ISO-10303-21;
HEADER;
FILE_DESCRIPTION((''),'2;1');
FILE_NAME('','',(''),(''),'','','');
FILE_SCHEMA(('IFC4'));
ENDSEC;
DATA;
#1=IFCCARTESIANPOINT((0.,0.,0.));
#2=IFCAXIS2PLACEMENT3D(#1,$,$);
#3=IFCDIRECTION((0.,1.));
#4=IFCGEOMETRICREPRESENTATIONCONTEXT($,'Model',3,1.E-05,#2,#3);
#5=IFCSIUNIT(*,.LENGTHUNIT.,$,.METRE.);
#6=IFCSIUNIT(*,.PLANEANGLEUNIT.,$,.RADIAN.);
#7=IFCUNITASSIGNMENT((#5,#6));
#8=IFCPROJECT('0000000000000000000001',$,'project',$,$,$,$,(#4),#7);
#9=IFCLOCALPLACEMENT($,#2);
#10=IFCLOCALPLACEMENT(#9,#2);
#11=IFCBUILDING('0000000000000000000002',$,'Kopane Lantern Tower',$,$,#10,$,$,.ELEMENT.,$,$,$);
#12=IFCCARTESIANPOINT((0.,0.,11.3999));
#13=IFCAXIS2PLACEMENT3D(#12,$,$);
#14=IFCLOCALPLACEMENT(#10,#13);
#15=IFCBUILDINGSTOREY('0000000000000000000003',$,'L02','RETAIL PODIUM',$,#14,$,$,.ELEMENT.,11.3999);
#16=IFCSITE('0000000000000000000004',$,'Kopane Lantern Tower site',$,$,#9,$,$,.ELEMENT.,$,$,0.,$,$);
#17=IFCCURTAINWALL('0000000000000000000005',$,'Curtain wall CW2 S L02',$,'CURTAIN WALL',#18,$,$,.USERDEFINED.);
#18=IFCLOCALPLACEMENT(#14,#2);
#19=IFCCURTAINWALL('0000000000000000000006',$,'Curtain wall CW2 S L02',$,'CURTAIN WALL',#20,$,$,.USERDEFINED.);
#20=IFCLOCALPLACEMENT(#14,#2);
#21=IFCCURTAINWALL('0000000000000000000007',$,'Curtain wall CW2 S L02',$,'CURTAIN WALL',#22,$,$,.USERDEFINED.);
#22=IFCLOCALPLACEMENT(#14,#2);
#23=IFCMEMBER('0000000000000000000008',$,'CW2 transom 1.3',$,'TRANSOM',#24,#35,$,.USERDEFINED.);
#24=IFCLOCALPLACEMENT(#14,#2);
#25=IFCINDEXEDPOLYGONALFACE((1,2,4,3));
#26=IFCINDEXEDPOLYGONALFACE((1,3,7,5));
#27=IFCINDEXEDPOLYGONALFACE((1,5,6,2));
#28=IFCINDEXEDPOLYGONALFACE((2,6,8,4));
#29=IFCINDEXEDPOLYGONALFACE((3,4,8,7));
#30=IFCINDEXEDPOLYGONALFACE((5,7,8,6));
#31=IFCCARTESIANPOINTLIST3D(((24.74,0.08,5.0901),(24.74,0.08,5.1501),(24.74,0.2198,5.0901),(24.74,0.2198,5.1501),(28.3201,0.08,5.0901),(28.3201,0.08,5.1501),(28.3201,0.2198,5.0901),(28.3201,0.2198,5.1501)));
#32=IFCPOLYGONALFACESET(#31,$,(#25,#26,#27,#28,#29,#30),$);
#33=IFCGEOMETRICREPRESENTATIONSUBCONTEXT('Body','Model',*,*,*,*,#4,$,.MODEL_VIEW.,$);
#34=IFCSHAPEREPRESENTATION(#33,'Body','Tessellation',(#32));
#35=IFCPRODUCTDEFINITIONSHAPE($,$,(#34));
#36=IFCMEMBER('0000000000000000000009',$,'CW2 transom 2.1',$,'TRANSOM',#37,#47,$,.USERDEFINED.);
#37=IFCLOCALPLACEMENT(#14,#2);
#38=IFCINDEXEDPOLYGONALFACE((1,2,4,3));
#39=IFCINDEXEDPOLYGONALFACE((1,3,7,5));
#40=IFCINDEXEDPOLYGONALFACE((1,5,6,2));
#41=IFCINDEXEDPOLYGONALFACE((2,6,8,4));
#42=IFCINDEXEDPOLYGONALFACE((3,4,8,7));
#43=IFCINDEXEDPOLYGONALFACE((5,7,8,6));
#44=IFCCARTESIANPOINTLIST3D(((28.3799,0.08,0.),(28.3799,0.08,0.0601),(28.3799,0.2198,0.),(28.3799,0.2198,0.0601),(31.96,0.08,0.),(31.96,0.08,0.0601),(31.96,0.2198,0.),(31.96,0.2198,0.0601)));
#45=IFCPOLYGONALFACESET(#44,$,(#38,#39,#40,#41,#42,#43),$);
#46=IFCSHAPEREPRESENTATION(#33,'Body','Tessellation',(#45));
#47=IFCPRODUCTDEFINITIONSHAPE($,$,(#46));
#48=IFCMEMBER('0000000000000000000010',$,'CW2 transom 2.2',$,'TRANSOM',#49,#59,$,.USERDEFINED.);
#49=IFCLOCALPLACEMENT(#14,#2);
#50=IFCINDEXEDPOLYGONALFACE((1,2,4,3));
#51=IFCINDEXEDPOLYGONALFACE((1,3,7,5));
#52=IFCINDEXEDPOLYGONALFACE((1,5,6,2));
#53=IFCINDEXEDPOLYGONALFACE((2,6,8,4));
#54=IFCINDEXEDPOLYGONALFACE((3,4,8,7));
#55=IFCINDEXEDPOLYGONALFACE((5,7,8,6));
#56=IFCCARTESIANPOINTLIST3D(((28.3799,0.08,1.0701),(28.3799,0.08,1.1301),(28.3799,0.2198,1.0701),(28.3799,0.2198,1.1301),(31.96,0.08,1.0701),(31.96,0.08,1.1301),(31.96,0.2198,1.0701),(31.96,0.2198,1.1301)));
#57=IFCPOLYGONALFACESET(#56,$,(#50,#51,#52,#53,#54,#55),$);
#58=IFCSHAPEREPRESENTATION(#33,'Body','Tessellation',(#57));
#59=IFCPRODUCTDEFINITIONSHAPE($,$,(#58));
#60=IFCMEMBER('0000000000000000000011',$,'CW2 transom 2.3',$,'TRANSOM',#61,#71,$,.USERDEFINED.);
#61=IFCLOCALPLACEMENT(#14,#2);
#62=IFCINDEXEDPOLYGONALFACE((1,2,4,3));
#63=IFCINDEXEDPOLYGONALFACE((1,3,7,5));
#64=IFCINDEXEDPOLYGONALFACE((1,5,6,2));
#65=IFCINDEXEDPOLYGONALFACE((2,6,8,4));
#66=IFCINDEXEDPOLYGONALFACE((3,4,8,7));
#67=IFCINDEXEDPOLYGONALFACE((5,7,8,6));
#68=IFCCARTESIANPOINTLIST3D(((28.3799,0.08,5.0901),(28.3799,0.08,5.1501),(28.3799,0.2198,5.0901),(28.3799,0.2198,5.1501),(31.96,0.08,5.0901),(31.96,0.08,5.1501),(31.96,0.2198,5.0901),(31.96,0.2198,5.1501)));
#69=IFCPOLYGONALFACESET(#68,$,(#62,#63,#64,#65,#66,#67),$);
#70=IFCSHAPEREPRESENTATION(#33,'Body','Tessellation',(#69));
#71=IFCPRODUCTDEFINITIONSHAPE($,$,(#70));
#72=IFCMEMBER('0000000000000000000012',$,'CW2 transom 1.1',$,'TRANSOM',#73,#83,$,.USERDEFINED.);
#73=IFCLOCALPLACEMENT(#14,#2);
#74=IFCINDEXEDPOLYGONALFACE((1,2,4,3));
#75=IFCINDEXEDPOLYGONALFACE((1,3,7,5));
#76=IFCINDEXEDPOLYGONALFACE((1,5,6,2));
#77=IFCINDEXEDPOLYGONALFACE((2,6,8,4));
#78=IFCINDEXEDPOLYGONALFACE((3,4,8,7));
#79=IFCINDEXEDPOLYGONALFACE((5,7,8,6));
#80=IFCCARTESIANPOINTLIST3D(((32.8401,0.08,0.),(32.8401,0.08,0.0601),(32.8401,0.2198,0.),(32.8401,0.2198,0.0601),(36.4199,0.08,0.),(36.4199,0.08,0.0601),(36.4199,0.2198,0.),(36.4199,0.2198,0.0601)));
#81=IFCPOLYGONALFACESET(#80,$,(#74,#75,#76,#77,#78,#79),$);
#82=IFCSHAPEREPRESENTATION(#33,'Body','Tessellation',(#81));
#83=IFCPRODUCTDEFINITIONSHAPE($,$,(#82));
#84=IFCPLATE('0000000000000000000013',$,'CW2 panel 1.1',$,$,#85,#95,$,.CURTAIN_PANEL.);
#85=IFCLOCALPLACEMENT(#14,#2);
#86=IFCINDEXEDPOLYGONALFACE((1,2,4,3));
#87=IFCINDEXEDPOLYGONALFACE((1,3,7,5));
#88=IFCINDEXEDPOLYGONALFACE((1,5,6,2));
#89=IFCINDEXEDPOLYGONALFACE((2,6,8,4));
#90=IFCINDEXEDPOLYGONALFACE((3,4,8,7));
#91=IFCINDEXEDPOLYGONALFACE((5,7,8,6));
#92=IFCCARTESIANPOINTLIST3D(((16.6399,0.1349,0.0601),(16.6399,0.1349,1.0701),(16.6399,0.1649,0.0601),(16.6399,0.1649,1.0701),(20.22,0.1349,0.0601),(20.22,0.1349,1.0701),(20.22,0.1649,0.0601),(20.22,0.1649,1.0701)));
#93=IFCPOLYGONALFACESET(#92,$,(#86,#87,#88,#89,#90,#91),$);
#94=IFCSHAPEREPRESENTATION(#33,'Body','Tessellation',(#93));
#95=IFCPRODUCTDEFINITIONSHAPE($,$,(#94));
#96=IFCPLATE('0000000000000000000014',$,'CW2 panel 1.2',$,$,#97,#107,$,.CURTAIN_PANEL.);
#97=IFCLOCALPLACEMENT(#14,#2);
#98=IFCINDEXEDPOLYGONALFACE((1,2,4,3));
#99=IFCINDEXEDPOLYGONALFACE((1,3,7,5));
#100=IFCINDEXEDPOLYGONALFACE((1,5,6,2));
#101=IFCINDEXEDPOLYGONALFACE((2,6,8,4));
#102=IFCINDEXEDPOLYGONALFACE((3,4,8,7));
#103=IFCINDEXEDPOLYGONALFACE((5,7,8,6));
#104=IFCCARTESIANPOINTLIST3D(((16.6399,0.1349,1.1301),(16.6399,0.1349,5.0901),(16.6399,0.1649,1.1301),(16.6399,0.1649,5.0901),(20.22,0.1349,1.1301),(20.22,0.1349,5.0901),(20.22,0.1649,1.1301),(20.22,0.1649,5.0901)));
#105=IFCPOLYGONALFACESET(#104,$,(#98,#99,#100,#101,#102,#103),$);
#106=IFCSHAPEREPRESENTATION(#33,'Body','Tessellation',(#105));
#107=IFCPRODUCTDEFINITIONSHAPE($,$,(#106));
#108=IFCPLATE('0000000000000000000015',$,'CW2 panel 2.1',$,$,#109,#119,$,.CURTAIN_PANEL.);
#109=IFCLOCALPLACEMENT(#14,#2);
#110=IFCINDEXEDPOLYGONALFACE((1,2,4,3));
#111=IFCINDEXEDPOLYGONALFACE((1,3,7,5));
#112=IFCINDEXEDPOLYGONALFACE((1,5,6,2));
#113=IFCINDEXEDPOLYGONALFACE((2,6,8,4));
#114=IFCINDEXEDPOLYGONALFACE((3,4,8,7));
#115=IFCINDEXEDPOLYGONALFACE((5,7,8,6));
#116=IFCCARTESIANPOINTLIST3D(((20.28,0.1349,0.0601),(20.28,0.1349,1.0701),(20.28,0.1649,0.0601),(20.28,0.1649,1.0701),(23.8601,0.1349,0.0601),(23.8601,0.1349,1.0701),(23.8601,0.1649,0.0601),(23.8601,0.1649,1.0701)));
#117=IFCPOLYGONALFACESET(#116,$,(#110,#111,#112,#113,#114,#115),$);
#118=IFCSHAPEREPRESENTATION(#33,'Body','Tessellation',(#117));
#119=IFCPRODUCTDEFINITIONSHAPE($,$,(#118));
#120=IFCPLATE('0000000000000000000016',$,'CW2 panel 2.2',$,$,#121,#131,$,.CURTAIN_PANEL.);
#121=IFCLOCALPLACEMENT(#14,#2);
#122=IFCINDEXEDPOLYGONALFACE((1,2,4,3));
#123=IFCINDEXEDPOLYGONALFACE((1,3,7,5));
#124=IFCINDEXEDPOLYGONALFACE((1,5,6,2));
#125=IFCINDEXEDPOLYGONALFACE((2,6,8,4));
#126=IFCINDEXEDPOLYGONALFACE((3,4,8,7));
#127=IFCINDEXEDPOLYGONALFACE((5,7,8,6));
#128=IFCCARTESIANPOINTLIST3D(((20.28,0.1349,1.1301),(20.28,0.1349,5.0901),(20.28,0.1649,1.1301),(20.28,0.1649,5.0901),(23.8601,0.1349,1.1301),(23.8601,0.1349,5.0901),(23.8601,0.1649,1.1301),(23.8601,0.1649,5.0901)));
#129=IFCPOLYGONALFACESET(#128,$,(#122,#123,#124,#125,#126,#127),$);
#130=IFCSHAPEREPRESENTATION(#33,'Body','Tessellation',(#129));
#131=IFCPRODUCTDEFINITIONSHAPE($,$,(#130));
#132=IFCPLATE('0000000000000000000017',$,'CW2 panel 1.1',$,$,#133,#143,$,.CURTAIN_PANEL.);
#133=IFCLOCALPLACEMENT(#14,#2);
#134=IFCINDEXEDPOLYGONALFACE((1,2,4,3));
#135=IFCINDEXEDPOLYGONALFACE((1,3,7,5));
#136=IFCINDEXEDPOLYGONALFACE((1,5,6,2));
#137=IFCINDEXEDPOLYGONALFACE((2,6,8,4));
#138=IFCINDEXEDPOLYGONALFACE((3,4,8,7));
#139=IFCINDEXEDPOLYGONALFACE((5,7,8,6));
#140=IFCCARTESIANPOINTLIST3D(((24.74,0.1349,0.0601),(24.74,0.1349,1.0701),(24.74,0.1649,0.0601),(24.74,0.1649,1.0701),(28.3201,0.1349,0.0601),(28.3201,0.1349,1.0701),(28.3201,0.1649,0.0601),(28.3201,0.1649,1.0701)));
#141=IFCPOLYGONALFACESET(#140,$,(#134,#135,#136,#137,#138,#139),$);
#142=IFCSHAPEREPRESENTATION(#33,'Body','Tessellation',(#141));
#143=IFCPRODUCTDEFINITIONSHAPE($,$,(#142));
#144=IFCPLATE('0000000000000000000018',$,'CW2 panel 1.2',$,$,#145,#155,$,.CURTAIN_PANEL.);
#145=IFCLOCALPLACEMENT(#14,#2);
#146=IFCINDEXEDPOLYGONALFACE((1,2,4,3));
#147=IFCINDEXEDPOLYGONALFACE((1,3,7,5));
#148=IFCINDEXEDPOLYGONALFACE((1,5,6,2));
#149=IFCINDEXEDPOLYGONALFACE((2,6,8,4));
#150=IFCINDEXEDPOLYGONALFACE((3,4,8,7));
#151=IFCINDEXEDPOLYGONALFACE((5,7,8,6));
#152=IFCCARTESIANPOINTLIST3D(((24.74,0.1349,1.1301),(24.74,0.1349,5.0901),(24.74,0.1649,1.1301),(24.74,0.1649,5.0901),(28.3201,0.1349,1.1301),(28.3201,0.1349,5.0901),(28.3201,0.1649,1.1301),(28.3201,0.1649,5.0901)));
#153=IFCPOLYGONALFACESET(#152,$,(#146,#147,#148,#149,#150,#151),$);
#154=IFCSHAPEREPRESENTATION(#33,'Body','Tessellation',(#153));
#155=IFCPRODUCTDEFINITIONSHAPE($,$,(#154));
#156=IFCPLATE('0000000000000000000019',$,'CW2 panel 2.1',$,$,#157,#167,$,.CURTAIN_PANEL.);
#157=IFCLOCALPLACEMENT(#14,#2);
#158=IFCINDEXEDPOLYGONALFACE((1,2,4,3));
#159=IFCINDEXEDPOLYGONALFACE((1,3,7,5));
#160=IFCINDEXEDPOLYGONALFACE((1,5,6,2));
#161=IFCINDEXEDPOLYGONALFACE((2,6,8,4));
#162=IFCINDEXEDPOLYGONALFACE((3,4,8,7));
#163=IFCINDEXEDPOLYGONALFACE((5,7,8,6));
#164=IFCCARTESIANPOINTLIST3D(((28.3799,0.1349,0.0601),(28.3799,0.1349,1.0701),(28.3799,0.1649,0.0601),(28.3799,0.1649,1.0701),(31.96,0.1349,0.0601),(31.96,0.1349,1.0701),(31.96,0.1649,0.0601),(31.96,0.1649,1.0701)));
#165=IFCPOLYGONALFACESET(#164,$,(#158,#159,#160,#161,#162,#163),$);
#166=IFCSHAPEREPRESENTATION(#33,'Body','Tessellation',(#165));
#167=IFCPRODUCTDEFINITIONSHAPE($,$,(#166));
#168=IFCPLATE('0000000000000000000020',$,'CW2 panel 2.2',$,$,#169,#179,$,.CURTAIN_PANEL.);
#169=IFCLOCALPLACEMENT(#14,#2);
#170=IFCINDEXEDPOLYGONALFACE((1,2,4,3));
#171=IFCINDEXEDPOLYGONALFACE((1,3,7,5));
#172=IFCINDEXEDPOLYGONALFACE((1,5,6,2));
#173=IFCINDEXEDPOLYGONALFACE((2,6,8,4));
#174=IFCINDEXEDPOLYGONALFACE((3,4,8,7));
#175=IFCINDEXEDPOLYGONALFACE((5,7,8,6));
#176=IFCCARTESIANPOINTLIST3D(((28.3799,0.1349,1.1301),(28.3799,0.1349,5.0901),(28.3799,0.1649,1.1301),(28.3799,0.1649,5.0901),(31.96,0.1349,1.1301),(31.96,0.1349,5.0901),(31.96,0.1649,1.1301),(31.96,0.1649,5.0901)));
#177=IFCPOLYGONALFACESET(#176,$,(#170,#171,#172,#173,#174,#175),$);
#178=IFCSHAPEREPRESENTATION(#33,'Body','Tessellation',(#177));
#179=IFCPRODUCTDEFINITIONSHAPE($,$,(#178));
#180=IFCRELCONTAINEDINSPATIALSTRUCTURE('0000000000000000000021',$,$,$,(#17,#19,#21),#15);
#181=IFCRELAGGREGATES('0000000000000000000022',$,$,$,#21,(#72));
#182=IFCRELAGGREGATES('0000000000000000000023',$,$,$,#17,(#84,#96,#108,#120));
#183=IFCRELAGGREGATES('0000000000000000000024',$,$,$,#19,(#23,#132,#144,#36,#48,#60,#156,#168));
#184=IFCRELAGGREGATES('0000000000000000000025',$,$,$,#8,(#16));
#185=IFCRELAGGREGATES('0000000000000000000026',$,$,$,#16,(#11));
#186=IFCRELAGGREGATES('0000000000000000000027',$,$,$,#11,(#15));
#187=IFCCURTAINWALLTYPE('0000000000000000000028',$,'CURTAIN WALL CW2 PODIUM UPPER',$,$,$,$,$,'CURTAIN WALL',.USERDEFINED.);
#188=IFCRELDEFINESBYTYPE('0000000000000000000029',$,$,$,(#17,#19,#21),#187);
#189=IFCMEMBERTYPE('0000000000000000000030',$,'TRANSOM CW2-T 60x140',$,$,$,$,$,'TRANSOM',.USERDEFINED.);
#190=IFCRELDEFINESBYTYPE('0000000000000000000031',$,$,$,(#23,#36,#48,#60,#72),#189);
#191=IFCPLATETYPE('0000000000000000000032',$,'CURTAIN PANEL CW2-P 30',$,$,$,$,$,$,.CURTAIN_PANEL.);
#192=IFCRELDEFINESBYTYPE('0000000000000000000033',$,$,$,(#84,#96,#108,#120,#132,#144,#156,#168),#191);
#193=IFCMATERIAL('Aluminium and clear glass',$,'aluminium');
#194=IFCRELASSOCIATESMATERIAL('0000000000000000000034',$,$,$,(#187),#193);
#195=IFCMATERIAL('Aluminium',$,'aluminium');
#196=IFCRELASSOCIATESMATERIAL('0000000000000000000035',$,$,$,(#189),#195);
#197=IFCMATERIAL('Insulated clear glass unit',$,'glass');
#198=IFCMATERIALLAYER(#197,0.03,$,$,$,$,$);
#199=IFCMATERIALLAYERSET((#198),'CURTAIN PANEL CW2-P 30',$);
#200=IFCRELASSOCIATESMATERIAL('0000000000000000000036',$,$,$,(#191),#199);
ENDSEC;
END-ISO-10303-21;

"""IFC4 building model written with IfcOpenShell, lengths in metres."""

from ifc_helpers import new_model, si_unit, direction, frame, origin, origin_2d, place, context, subcontext, project, spatial, rectangle, extrude, material, layer, layer_set, material_profile, profile_set, type_object, element, aggregate, save


model = new_model("IFC4")

# Units and contexts
model_context = context("Model", 3, precision=1e-05, world=origin(), true_north=direction((0.0, 1.0)))
body_context = subcontext(model_context, "Body", "Model", "MODEL_VIEW")
ifc_project = project(units=[si_unit("LENGTHUNIT", "METRE"), si_unit("PLANEANGLEUNIT", "RADIAN")], contexts=[model_context])

# Site, building, storey
site_placement = place(None, origin())
site = spatial("IfcSite", under=ifc_project, at=site_placement, Name="Kopane Lantern Tower site", CompositionType="ELEMENT", RefElevation=0.0)
building_placement = place(site_placement, origin())
building = spatial("IfcBuilding", under=site, at=building_placement, Name="Kopane Lantern Tower", CompositionType="ELEMENT")
storey_placement = place(building_placement, frame((0.0, 0.0, 11.3999)))
storey = spatial("IfcBuildingStorey", under=building, at=storey_placement, Name="L02", Description="RETAIL PODIUM", CompositionType="ELEMENT", Elevation=11.3999)

# Curtain walls
ifc_material_1 = material(Name="Aluminium and clear glass", Category="aluminium")
curtain_wall_type = type_object("IfcCurtainWallType", Name="CURTAIN WALL CW2 PODIUM UPPER", ElementType="CURTAIN WALL", PredefinedType="USERDEFINED", material=ifc_material_1)
curtain_wall_1_placement = place(storey_placement, origin())
curtain_wall_1 = element("IfcCurtainWall", 1, at=curtain_wall_1_placement, inside=storey, type_object=curtain_wall_type, Name="Curtain wall CW2 S L02", ObjectType="CURTAIN WALL", PredefinedType="USERDEFINED")
curtain_wall_2_placement = place(storey_placement, origin())
curtain_wall_2 = element("IfcCurtainWall", 2, at=curtain_wall_2_placement, inside=storey, type_object=curtain_wall_type, Name="Curtain wall CW2 S L02", ObjectType="CURTAIN WALL", PredefinedType="USERDEFINED")

# Curtain wall
curtain_wall_3_placement = place(storey_placement, origin())
curtain_wall_3 = element("IfcCurtainWall", 3, at=curtain_wall_3_placement, inside=storey, type_object=curtain_wall_type, Name="Curtain wall CW2 S L02", ObjectType="CURTAIN WALL", PredefinedType="USERDEFINED")

# Members
ifc_material_2 = material(Name="Aluminium", Category="aluminium")
ifc_material_profile_1 = material_profile(ifc_material_2, rectangle(XDim=0.1399, YDim=0.0601, at=origin_2d()), Name="AL 140x60")
ifc_profile_set_1 = profile_set([ifc_material_profile_1], Name="Aluminium")
member_type_1 = type_object("IfcMemberType", Name="TRANSOM CW2-T 60x140", ElementType="TRANSOM", PredefinedType="USERDEFINED", material=ifc_profile_set_1)
member_1_placement = place(storey_placement, frame((24.74, 0.1499, 5.1201), z_axis=(1.0, 0.0, 0.0), x_axis=(0.0, 1.0, 0.0)))
member_1 = element("IfcMember", 4, at=member_1_placement, type_object=member_type_1, Name="CW2 transom 1.3", ObjectType="TRANSOM", PredefinedType="USERDEFINED", context=body_context, shape_type="SweptSolid", body=[
    extrude(rectangle(XDim=0.1399, YDim=0.0601, at=origin_2d()), origin(), (0.0, 0.0, 1.0), 3.5801),
])
member_2_placement = place(storey_placement, frame((28.3799, 0.1499, 0.03), z_axis=(1.0, 0.0, 0.0), x_axis=(0.0, 1.0, 0.0)))
member_2 = element("IfcMember", 5, at=member_2_placement, type_object=member_type_1, Name="CW2 transom 2.1", ObjectType="TRANSOM", PredefinedType="USERDEFINED", context=body_context, shape_type="SweptSolid", body=[
    extrude(rectangle(XDim=0.1399, YDim=0.0601, at=origin_2d()), origin(), (0.0, 0.0, 1.0), 3.5801),
])
member_3_placement = place(storey_placement, frame((28.3799, 0.1499, 1.1001), z_axis=(1.0, 0.0, 0.0), x_axis=(0.0, 1.0, 0.0)))
member_3 = element("IfcMember", 6, at=member_3_placement, type_object=member_type_1, Name="CW2 transom 2.2", ObjectType="TRANSOM", PredefinedType="USERDEFINED", context=body_context, shape_type="SweptSolid", body=[
    extrude(rectangle(XDim=0.1399, YDim=0.0601, at=origin_2d()), origin(), (0.0, 0.0, 1.0), 3.5801),
])
member_4_placement = place(storey_placement, frame((28.3799, 0.1499, 5.1201), z_axis=(1.0, 0.0, 0.0), x_axis=(0.0, 1.0, 0.0)))
member_4 = element("IfcMember", 7, at=member_4_placement, type_object=member_type_1, Name="CW2 transom 2.3", ObjectType="TRANSOM", PredefinedType="USERDEFINED", context=body_context, shape_type="SweptSolid", body=[
    extrude(rectangle(XDim=0.1399, YDim=0.0601, at=origin_2d()), origin(), (0.0, 0.0, 1.0), 3.5801),
])
member_5_placement = place(storey_placement, frame((32.8401, 0.1499, 0.03), z_axis=(1.0, 0.0, 0.0), x_axis=(0.0, 1.0, 0.0)))
member_5 = element("IfcMember", 8, at=member_5_placement, type_object=member_type_1, Name="CW2 transom 1.1", ObjectType="TRANSOM", PredefinedType="USERDEFINED", context=body_context, shape_type="SweptSolid", body=[
    extrude(rectangle(XDim=0.1399, YDim=0.0601, at=origin_2d()), origin(), (0.0, 0.0, 1.0), 3.5798),
])
aggregate(curtain_wall_3, [member_5])

# Plates
ifc_material_3 = material(Name="Insulated clear glass unit", Category="glass")
ifc_layer = layer(ifc_material_3, 0.03)
ifc_layer_set = layer_set([ifc_layer], Name="CURTAIN PANEL CW2-P 30")
plate_type = type_object("IfcPlateType", Name="CURTAIN PANEL CW2-P 30", PredefinedType="CURTAIN_PANEL", material=ifc_layer_set)
plate_1_placement = place(storey_placement, frame((18.4299, 0.1499, 0.0601), z_axis=(0.0, 0.0, 1.0), x_axis=(1.0, 0.0, 0.0)))
plate_1 = element("IfcPlate", 9, at=plate_1_placement, type_object=plate_type, Name="CW2 panel 1.1", PredefinedType="CURTAIN_PANEL", context=body_context, shape_type="SweptSolid", body=[
    extrude(rectangle(XDim=3.5801, YDim=0.03, at=origin_2d()), origin(), (0.0, 0.0, 1.0), 1.01),
])
plate_2_placement = place(storey_placement, frame((18.4299, 0.1499, 1.1301), z_axis=(0.0, 0.0, 1.0), x_axis=(1.0, 0.0, 0.0)))
plate_2 = element("IfcPlate", 10, at=plate_2_placement, type_object=plate_type, Name="CW2 panel 1.2", PredefinedType="CURTAIN_PANEL", context=body_context, shape_type="SweptSolid", body=[
    extrude(rectangle(XDim=3.5801, YDim=0.03, at=origin_2d()), origin(), (0.0, 0.0, 1.0), 3.96),
])
plate_3_placement = place(storey_placement, frame((22.0701, 0.1499, 0.0601), z_axis=(0.0, 0.0, 1.0), x_axis=(1.0, 0.0, 0.0)))
plate_3 = element("IfcPlate", 11, at=plate_3_placement, type_object=plate_type, Name="CW2 panel 2.1", PredefinedType="CURTAIN_PANEL", context=body_context, shape_type="SweptSolid", body=[
    extrude(rectangle(XDim=3.5801, YDim=0.03, at=origin_2d()), origin(), (0.0, 0.0, 1.0), 1.01),
])
plate_4_placement = place(storey_placement, frame((22.0701, 0.1499, 1.1301), z_axis=(0.0, 0.0, 1.0), x_axis=(1.0, 0.0, 0.0)))
plate_4 = element("IfcPlate", 12, at=plate_4_placement, type_object=plate_type, Name="CW2 panel 2.2", PredefinedType="CURTAIN_PANEL", context=body_context, shape_type="SweptSolid", body=[
    extrude(rectangle(XDim=3.5801, YDim=0.03, at=origin_2d()), origin(), (0.0, 0.0, 1.0), 3.96),
])
aggregate(curtain_wall_1, [plate_1, plate_2, plate_3, plate_4])
plate_5_placement = place(storey_placement, frame((26.53, 0.1499, 0.0601), z_axis=(0.0, 0.0, 1.0), x_axis=(1.0, 0.0, 0.0)))
plate_5 = element("IfcPlate", 13, at=plate_5_placement, type_object=plate_type, Name="CW2 panel 1.1", PredefinedType="CURTAIN_PANEL", context=body_context, shape_type="SweptSolid", body=[
    extrude(rectangle(XDim=3.5801, YDim=0.03, at=origin_2d()), origin(), (0.0, 0.0, 1.0), 1.01),
])
plate_6_placement = place(storey_placement, frame((26.53, 0.1499, 1.1301), z_axis=(0.0, 0.0, 1.0), x_axis=(1.0, 0.0, 0.0)))
plate_6 = element("IfcPlate", 14, at=plate_6_placement, type_object=plate_type, Name="CW2 panel 1.2", PredefinedType="CURTAIN_PANEL", context=body_context, shape_type="SweptSolid", body=[
    extrude(rectangle(XDim=3.5801, YDim=0.03, at=origin_2d()), origin(), (0.0, 0.0, 1.0), 3.96),
])
plate_7_placement = place(storey_placement, frame((30.1699, 0.1499, 0.0601), z_axis=(0.0, 0.0, 1.0), x_axis=(1.0, 0.0, 0.0)))
plate_7 = element("IfcPlate", 15, at=plate_7_placement, type_object=plate_type, Name="CW2 panel 2.1", PredefinedType="CURTAIN_PANEL", context=body_context, shape_type="SweptSolid", body=[
    extrude(rectangle(XDim=3.5801, YDim=0.03, at=origin_2d()), origin(), (0.0, 0.0, 1.0), 1.01),
])
plate_8_placement = place(storey_placement, frame((30.1699, 0.1499, 1.1301), z_axis=(0.0, 0.0, 1.0), x_axis=(1.0, 0.0, 0.0)))
plate_8 = element("IfcPlate", 16, at=plate_8_placement, type_object=plate_type, Name="CW2 panel 2.2", PredefinedType="CURTAIN_PANEL", context=body_context, shape_type="SweptSolid", body=[
    extrude(rectangle(XDim=3.5801, YDim=0.03, at=origin_2d()), origin(), (0.0, 0.0, 1.0), 3.96),
])
aggregate(curtain_wall_2, [member_1, plate_5, plate_6, member_2, member_3, member_4, plate_7, plate_8])

save(model, "model.ifc")
